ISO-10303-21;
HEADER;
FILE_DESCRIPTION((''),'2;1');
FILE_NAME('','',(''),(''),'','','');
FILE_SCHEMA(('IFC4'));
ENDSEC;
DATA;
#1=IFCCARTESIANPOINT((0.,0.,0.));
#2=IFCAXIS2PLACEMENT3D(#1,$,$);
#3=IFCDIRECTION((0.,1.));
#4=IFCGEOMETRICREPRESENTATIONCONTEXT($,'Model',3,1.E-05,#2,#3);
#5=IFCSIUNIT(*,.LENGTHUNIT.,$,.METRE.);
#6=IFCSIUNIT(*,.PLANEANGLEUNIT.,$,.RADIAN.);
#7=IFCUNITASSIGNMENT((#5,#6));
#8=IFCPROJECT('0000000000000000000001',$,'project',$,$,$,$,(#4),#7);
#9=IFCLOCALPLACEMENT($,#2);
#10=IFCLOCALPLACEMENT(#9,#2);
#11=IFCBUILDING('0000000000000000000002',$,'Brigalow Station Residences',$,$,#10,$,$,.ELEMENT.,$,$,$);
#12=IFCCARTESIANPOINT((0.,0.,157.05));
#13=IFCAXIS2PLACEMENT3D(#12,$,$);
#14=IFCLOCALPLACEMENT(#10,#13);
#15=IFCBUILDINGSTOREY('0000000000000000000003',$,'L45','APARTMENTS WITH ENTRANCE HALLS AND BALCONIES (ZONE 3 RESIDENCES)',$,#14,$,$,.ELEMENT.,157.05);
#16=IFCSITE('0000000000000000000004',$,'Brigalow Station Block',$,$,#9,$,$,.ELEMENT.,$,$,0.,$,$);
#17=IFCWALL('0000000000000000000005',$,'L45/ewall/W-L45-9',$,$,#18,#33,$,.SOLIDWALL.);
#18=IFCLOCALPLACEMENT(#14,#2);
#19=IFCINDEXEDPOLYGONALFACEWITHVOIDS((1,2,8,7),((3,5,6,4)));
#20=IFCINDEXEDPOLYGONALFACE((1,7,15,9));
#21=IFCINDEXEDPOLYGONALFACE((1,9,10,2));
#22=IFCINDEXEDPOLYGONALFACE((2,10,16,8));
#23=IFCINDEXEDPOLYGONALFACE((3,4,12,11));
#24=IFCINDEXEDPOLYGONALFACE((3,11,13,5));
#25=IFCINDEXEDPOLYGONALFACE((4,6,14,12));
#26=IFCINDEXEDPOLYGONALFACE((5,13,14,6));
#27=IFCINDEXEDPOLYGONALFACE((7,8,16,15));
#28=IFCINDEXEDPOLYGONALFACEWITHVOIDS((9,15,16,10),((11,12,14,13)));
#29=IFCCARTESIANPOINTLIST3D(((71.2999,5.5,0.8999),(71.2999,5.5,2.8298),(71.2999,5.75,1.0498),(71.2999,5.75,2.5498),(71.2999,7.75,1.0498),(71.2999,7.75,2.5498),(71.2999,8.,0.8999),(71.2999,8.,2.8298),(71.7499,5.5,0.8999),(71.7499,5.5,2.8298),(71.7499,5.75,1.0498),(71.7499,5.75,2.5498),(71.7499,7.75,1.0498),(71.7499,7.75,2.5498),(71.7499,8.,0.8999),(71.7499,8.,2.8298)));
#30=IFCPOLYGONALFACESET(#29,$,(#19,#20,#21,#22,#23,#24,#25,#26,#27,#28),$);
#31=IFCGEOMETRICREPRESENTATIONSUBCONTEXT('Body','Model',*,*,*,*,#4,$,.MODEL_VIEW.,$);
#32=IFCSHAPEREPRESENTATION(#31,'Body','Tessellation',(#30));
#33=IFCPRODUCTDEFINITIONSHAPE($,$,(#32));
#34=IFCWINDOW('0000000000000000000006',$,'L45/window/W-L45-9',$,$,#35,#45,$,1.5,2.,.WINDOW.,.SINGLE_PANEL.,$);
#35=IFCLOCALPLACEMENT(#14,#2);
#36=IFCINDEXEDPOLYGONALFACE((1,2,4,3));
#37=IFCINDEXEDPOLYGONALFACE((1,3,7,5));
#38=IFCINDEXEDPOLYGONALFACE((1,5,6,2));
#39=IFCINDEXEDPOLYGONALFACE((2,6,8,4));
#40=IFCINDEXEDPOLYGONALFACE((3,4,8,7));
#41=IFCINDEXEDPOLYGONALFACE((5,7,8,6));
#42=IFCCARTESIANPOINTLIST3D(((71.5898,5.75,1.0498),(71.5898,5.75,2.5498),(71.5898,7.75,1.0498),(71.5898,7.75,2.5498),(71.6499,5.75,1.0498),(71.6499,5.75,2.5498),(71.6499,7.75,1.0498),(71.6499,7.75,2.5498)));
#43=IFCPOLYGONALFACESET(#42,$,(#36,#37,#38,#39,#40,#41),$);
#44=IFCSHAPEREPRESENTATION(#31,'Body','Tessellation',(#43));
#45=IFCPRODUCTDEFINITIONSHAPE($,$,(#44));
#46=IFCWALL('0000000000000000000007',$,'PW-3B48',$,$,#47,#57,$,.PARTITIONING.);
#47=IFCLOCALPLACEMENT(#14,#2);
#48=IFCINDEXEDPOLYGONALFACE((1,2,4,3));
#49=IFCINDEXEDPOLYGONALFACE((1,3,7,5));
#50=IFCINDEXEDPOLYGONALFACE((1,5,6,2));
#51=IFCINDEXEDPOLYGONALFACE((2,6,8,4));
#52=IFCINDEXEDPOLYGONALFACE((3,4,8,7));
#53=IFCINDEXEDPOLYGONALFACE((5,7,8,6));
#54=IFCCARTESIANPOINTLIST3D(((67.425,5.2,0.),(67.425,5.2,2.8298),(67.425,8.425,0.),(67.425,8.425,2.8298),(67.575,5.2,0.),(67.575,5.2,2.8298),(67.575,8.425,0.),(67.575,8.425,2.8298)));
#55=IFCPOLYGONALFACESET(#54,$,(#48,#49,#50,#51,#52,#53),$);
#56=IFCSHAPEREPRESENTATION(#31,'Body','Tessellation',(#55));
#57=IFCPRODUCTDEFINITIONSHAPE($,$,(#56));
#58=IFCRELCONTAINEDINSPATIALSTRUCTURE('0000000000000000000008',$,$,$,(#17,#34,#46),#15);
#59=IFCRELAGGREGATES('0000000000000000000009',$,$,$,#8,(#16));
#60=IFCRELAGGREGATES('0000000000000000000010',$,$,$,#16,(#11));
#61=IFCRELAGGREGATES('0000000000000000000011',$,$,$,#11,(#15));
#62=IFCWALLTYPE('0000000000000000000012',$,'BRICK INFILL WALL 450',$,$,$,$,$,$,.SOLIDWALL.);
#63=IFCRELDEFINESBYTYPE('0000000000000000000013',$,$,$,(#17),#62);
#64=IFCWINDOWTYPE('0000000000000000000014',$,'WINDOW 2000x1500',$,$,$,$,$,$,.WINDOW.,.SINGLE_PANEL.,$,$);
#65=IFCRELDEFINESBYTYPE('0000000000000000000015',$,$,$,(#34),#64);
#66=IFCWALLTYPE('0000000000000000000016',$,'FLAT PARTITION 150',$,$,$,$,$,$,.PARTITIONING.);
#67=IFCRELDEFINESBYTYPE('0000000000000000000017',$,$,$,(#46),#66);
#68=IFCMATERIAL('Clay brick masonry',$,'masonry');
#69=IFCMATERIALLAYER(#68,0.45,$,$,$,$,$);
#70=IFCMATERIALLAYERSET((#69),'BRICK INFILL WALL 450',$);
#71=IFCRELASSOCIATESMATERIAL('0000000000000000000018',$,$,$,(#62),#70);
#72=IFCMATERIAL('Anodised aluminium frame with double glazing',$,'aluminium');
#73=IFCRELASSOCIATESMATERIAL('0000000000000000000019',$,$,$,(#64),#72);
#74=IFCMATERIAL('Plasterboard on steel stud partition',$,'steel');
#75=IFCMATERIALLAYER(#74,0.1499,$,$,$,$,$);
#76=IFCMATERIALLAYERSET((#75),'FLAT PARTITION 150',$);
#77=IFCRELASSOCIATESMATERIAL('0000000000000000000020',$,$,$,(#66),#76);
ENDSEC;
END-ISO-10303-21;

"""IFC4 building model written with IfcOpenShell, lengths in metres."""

from ifc_helpers import new_model, si_unit, direction, frame, frame_2d, origin, place, context, subcontext, project, spatial, rectangle, extrude, material, layer, layer_set, type_object, element, fill, save


model = new_model("IFC4")

# Units and contexts
model_context = context("Model", 3, precision=1e-05, world=origin(), true_north=direction((0.0, 1.0)))
body_context = subcontext(model_context, "Body", "Model", "MODEL_VIEW")
ifc_project = project(units=[si_unit("LENGTHUNIT", "METRE"), si_unit("PLANEANGLEUNIT", "RADIAN")], contexts=[model_context])

# Site, building, storey
site_placement = place(None, origin())
site = spatial("IfcSite", under=ifc_project, at=site_placement, Name="Brigalow Station Block", CompositionType="ELEMENT", RefElevation=0.0)
building_placement = place(site_placement, origin())
building = spatial("IfcBuilding", under=site, at=building_placement, Name="Brigalow Station Residences", CompositionType="ELEMENT")
storey_placement = place(building_placement, frame((0.0, 0.0, 157.05)))
storey = spatial("IfcBuildingStorey", under=building, at=storey_placement, Name="L45", Description="APARTMENTS WITH ENTRANCE HALLS AND BALCONIES (ZONE 3 RESIDENCES)", CompositionType="ELEMENT", Elevation=157.05)

# Wall, opening, window
ifc_material_1 = material(Name="Clay brick masonry", Category="masonry")
ifc_layer_1 = layer(ifc_material_1, 0.45)
ifc_layer_set_1 = layer_set([ifc_layer_1], Name="BRICK INFILL WALL 450")
wall_type_1 = type_object("IfcWallType", Name="BRICK INFILL WALL 450", PredefinedType="SOLIDWALL", material=ifc_layer_set_1)
wall_1_placement = place(storey_placement, frame((71.5249, 5.5, 0.8999), z_axis=(0.0, 0.0, 1.0), x_axis=(0.0, 1.0, 0.0)))
wall_1 = element("IfcWall", 1, at=wall_1_placement, inside=storey, type_object=wall_type_1, Name="L45/ewall/W-L45-9", PredefinedType="SOLIDWALL", context=body_context, shape_type="SweptSolid", body=[
    extrude(rectangle(XDim=2.5, YDim=0.45, at=frame_2d((1.25, 0.0))), origin(), (0.0, 0.0, 1.0), 1.9299),
])
opening_1_placement = place(wall_1_placement, frame((0.25, 0.0, 0.1499)))
opening_1 = element("IfcOpeningElement", 2, at=opening_1_placement, cuts=wall_1, PredefinedType="OPENING", context=body_context, shape_type="SweptSolid", body=[
    extrude(rectangle(XDim=2.0, YDim=1.5, at=frame_2d((1.0, 0.75))), frame((0.0, 0.2349, 0.0), z_axis=(0.0, -1.0, 0.0), x_axis=(1.0, 0.0, 0.0)), (0.0, 0.0, 1.0), 0.47),
])
ifc_material_2 = material(Name="Anodised aluminium frame with double glazing", Category="aluminium")
window_type_1 = type_object("IfcWindowType", Name="WINDOW 2000x1500", PartitioningType="SINGLE_PANEL", PredefinedType="WINDOW", material=ifc_material_2)
window_1_placement = place(opening_1_placement, origin())
window_1 = element("IfcWindow", 3, at=window_1_placement, inside=storey, type_object=window_type_1, Name="L45/window/W-L45-9", OverallHeight=1.5, OverallWidth=2.0, PartitioningType="SINGLE_PANEL", PredefinedType="WINDOW", context=body_context, shape_type="SweptSolid", body=[
    extrude(rectangle(XDim=2.0, YDim=1.5, at=frame_2d((1.0, 0.75))), frame((0.0, -0.0649, 0.0), z_axis=(0.0, -1.0, 0.0), x_axis=(1.0, 0.0, 0.0)), (0.0, 0.0, 1.0), 0.0601),
])
fill(opening_1, window_1)

# Wall
ifc_material_3 = material(Name="Plasterboard on steel stud partition", Category="steel")
ifc_layer_2 = layer(ifc_material_3, 0.1499)
ifc_layer_set_2 = layer_set([ifc_layer_2], Name="FLAT PARTITION 150")
wall_type_2 = type_object("IfcWallType", Name="FLAT PARTITION 150", PredefinedType="PARTITIONING", material=ifc_layer_set_2)
wall_2_placement = place(storey_placement, frame((67.5, 5.2, 0.0), z_axis=(0.0, 0.0, 1.0), x_axis=(0.0, 1.0, 0.0)))
element("IfcWall", 4, at=wall_2_placement, inside=storey, type_object=wall_type_2, Name="PW-3B48", PredefinedType="PARTITIONING", context=body_context, shape_type="SweptSolid", body=[
    extrude(rectangle(XDim=3.2251, YDim=0.1499, at=frame_2d((1.6125, 0.0))), origin(), (0.0, 0.0, 1.0), 2.8298),
])

save(model, "model.ifc")
